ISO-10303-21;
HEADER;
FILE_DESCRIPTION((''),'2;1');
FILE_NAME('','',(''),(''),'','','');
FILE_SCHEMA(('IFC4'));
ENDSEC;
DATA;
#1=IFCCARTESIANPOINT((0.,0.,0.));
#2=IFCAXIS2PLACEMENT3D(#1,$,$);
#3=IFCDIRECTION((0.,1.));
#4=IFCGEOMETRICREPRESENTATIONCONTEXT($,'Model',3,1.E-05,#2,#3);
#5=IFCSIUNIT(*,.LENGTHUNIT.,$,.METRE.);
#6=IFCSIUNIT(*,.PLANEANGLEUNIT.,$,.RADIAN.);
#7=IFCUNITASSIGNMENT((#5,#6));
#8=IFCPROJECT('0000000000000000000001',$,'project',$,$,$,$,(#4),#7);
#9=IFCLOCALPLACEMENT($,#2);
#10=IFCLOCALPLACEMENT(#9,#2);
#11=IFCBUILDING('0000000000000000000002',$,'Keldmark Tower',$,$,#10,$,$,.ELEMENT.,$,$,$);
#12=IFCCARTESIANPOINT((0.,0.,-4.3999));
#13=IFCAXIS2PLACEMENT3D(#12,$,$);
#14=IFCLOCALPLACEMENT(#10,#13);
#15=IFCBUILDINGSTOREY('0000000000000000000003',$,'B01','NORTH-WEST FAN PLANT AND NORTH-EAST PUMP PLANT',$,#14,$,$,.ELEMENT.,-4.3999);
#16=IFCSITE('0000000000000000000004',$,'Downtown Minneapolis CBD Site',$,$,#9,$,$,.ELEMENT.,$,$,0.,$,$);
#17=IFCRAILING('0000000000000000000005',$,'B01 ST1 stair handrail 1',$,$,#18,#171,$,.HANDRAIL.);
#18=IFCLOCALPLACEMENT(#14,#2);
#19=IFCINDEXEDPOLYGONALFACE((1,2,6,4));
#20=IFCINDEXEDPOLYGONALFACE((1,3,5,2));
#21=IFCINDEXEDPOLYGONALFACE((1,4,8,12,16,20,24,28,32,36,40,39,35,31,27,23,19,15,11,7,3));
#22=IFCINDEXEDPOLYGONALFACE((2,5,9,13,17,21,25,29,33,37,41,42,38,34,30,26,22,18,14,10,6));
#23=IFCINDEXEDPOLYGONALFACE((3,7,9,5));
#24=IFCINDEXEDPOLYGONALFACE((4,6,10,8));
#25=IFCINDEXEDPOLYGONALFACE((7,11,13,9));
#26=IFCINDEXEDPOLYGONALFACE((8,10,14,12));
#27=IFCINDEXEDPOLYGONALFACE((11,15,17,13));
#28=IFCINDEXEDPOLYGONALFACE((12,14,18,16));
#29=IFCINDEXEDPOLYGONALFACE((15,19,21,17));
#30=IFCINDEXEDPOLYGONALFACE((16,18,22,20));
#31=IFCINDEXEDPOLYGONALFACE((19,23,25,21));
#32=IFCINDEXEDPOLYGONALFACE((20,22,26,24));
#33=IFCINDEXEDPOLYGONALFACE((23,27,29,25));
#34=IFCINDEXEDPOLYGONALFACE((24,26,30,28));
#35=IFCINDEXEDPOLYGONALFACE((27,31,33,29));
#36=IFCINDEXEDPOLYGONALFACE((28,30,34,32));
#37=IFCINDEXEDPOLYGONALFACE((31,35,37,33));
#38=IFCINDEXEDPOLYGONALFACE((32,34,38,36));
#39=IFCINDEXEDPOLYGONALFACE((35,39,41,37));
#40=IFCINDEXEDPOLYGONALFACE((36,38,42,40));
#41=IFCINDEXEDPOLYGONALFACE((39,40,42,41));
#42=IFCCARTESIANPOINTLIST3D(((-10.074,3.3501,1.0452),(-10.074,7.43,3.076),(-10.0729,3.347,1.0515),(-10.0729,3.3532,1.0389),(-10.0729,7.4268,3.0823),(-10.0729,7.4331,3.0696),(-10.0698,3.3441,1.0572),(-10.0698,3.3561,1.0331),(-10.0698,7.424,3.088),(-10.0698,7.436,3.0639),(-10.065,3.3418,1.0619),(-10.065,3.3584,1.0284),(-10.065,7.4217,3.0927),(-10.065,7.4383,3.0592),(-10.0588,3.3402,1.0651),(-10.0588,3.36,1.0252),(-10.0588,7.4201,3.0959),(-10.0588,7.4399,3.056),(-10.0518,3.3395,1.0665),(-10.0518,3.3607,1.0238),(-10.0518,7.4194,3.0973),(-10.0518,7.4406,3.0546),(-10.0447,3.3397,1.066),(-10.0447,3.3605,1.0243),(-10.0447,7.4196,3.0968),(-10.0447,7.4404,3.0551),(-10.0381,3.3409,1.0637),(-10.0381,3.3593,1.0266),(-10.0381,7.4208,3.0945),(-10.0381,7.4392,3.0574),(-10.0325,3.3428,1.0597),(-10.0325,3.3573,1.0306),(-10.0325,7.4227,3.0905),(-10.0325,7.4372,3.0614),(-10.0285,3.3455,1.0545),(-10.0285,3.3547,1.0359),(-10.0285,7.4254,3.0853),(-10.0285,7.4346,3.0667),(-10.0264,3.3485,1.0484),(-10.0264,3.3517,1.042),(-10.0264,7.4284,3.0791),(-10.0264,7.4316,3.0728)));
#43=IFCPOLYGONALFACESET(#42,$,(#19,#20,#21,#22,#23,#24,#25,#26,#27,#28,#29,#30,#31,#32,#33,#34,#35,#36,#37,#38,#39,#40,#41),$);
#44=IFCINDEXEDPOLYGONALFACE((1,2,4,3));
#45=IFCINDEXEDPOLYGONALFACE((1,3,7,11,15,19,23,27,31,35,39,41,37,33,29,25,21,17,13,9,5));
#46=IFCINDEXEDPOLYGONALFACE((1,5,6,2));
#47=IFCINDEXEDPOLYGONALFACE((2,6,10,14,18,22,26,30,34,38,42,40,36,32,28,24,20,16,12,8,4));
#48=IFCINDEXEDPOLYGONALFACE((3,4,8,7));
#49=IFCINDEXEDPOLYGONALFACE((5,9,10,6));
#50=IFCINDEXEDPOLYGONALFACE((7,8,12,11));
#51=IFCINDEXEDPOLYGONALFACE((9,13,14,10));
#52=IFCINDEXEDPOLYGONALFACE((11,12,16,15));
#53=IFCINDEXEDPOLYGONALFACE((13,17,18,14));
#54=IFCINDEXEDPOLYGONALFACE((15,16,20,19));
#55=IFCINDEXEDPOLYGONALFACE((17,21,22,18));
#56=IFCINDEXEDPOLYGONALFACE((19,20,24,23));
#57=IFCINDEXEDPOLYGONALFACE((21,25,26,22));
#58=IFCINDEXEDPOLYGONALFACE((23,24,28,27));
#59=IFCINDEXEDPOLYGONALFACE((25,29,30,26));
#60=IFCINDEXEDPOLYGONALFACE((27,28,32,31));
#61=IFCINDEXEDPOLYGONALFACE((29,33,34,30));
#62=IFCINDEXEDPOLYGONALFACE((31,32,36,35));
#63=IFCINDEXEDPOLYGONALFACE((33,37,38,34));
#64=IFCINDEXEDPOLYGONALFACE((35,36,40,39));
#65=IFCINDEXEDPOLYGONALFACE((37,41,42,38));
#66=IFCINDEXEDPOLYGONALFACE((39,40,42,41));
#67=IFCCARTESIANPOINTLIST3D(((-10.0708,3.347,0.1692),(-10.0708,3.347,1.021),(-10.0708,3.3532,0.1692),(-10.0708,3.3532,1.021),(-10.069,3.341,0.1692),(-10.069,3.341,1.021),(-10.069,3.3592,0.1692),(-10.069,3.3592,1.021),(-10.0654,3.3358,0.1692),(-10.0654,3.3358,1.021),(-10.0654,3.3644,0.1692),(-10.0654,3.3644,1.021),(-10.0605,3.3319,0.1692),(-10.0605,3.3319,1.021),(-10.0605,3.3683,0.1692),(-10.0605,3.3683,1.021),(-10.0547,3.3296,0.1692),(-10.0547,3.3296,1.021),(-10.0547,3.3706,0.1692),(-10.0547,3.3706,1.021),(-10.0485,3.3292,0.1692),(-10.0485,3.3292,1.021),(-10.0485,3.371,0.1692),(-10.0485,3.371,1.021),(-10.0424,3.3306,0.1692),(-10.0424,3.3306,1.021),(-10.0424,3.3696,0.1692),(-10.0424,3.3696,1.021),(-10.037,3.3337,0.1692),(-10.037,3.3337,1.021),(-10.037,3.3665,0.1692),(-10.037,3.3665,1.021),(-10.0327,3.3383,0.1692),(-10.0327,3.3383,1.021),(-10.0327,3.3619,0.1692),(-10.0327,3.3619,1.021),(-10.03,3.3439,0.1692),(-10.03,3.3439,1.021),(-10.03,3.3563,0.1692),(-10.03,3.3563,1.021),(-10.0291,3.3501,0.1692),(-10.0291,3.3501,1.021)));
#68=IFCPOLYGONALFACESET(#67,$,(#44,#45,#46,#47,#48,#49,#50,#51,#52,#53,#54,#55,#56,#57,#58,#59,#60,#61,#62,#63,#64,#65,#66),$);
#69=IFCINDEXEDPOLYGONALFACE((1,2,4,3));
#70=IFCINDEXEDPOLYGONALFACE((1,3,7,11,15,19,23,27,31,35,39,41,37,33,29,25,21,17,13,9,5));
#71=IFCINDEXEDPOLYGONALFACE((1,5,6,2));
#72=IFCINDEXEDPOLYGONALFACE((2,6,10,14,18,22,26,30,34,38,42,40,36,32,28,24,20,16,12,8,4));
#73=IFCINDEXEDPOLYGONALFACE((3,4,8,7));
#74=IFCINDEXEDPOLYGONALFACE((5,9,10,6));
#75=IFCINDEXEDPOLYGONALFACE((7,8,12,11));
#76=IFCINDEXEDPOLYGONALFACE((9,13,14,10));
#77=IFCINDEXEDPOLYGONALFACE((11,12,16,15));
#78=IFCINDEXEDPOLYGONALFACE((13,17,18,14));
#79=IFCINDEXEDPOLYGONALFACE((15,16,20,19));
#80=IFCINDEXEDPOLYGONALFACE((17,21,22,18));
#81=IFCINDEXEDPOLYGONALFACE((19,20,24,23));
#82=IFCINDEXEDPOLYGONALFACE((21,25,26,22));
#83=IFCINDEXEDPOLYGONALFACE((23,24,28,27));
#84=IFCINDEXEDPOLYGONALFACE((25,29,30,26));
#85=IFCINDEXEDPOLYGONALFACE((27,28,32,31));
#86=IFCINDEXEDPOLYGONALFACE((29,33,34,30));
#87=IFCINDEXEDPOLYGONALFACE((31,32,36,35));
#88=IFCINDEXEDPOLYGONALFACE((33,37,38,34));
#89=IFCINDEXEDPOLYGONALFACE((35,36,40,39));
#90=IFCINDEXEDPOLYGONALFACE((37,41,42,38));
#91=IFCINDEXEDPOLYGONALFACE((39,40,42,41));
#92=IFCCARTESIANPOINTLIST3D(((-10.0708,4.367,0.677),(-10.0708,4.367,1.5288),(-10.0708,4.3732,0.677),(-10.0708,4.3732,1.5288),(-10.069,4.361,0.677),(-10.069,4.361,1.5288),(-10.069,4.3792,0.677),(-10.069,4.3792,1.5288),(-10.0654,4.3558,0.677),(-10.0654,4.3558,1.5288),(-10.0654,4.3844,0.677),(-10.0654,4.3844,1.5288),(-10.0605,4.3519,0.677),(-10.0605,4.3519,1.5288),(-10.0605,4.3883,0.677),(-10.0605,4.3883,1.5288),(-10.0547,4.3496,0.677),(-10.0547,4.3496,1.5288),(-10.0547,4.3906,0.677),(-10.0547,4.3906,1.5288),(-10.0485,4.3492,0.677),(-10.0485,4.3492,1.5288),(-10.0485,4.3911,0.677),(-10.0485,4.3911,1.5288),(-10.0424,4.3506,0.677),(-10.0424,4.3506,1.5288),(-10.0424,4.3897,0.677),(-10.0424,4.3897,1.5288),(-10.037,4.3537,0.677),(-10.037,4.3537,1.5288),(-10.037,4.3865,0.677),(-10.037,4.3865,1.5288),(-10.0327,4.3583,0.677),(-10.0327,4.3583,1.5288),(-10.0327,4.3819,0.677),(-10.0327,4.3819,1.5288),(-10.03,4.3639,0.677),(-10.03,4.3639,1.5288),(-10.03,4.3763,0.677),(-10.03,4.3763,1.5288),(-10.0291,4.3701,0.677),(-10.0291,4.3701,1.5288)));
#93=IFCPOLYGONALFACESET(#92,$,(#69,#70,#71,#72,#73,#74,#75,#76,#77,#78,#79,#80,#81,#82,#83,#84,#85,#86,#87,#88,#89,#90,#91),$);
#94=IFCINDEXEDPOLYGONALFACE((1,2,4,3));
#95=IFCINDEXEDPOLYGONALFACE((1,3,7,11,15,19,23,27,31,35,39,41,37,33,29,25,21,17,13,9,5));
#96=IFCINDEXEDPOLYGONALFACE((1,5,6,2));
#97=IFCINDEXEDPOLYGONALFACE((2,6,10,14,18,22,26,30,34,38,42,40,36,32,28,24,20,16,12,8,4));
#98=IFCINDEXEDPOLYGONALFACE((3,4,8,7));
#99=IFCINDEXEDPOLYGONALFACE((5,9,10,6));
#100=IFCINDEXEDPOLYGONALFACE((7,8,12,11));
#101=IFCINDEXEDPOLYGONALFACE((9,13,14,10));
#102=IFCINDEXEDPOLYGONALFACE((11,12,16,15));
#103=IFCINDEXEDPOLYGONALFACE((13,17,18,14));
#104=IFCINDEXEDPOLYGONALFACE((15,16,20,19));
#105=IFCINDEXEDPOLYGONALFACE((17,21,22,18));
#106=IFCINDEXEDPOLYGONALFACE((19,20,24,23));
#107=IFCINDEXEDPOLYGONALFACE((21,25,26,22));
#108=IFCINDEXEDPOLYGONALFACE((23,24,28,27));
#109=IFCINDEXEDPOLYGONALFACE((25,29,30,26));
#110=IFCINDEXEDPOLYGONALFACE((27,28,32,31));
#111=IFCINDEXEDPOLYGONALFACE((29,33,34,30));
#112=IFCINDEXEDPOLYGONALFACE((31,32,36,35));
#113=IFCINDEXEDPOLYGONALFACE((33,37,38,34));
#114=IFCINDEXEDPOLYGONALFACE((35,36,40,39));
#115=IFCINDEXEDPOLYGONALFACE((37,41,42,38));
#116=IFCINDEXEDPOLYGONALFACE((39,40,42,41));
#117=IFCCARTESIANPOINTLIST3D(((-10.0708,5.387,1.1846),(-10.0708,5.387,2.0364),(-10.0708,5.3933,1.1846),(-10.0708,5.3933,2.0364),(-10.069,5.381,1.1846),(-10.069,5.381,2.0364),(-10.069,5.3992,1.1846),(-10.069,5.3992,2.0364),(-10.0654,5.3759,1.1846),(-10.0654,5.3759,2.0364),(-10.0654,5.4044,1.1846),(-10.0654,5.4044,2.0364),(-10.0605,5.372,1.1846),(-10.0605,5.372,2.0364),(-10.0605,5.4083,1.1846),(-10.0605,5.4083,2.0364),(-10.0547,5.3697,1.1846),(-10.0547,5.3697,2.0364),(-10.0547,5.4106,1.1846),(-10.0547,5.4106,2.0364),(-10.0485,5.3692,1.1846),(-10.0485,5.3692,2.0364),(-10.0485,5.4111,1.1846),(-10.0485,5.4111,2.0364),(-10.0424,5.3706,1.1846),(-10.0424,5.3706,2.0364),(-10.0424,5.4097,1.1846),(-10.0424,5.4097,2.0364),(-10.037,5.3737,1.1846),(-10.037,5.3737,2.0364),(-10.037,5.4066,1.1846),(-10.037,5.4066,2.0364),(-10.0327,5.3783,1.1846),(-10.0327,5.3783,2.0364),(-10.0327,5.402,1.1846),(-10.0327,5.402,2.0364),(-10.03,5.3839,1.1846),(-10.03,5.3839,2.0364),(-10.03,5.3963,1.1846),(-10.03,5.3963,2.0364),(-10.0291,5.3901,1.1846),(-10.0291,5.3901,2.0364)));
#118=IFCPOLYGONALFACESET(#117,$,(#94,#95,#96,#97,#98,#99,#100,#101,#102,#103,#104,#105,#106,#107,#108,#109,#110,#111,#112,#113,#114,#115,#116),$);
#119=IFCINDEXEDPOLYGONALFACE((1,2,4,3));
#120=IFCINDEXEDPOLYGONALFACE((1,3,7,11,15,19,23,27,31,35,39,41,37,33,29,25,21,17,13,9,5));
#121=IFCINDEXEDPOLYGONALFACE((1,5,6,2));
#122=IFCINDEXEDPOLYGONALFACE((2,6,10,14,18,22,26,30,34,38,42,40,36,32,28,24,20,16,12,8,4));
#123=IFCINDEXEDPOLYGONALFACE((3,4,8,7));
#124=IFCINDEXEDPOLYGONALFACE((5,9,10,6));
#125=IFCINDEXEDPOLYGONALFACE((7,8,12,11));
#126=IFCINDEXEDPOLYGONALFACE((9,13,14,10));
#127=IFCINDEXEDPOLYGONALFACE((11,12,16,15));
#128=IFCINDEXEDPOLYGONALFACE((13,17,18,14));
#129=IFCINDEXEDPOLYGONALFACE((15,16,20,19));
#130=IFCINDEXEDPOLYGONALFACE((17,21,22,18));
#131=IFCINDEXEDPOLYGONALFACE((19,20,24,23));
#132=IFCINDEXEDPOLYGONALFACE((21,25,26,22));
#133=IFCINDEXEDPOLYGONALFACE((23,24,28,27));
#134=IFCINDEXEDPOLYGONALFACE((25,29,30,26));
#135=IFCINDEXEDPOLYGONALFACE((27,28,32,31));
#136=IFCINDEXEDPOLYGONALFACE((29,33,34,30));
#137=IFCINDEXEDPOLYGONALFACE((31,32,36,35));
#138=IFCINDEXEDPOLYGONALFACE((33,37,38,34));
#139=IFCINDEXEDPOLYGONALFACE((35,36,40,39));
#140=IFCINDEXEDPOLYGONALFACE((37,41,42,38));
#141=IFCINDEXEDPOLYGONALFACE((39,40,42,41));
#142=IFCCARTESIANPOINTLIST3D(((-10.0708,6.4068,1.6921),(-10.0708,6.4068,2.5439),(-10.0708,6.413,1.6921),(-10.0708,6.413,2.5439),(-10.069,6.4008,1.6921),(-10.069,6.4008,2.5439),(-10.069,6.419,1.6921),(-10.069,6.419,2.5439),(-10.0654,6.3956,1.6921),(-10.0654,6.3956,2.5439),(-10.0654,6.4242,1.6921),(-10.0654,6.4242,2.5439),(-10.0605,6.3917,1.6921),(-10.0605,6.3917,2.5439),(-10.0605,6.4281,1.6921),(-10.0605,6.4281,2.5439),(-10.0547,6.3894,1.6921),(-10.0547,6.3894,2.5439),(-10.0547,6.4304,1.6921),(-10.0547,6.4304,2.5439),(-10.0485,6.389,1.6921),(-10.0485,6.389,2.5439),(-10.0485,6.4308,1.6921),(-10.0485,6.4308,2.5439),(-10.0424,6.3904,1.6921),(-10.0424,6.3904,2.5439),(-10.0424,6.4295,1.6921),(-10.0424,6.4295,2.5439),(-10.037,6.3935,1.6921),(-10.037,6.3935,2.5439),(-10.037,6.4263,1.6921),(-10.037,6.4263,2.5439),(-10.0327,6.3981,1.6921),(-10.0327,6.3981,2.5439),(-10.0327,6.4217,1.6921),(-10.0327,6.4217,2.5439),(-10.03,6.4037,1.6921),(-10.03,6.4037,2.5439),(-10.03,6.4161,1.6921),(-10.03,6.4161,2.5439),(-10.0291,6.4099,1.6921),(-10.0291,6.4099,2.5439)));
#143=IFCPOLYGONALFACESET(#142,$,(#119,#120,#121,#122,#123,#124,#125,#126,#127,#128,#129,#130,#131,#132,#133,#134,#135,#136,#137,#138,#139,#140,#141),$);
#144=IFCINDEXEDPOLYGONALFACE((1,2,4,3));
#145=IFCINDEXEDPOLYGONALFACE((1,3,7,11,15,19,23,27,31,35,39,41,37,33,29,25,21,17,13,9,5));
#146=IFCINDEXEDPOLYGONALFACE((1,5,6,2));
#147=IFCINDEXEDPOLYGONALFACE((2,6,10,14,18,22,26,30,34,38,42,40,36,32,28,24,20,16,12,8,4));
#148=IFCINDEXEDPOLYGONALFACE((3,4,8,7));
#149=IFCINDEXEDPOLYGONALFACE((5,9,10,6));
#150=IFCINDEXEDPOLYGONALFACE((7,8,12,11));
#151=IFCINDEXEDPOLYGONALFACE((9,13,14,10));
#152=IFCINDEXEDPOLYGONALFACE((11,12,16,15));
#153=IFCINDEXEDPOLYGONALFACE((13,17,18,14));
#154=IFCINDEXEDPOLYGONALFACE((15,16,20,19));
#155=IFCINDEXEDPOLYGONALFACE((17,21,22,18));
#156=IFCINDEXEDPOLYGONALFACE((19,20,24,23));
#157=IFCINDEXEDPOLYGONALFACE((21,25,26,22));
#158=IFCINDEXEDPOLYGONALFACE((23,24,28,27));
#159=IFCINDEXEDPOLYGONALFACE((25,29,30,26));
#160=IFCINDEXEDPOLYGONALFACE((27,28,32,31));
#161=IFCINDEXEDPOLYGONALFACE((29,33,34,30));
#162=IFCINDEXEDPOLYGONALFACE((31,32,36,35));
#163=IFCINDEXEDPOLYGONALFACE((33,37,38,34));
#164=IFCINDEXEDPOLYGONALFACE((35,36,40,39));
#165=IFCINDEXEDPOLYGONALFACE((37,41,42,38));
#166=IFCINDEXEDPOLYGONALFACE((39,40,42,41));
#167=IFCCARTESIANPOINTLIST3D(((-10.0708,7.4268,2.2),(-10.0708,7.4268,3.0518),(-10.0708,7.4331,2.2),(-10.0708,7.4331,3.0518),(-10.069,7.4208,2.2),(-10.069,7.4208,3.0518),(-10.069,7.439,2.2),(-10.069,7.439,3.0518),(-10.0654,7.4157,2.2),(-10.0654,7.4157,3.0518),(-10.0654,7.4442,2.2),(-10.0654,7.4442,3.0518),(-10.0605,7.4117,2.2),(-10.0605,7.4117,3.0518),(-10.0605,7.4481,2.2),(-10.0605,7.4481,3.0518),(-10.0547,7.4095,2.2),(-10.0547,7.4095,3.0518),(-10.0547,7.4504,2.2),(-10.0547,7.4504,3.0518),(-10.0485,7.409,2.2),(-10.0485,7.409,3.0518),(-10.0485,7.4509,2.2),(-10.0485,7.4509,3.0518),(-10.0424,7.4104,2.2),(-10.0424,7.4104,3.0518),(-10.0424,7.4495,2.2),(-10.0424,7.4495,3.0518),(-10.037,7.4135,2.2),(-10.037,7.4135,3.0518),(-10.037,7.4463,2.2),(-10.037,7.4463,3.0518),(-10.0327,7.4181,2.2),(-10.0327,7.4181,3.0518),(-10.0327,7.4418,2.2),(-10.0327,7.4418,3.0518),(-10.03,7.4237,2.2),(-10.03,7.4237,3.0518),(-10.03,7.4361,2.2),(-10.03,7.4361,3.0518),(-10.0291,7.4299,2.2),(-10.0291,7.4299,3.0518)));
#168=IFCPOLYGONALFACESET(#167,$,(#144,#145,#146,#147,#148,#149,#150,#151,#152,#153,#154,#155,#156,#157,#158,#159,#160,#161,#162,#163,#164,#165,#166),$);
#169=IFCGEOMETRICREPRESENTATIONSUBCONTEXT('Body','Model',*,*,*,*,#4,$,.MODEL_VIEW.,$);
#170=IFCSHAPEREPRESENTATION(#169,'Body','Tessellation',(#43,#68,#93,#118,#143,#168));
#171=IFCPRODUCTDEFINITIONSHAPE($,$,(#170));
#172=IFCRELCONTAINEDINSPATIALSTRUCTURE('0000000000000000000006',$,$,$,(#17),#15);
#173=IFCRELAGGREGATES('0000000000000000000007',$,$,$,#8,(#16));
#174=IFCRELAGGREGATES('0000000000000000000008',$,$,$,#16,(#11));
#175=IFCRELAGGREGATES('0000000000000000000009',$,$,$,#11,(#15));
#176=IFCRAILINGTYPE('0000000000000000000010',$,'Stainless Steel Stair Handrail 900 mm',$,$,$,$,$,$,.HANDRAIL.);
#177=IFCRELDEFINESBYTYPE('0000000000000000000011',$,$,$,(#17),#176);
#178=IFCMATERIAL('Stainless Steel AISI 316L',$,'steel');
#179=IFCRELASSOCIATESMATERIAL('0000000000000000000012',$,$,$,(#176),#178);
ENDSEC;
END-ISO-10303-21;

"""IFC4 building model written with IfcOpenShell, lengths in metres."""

from ifc_helpers import new_model, si_unit, direction, frame, origin, origin_2d, place, context, subcontext, project, spatial, circle, extrude, material, type_object, element, save


model = new_model("IFC4")

# Units and contexts
model_context = context("Model", 3, precision=1e-05, world=origin(), true_north=direction((0.0, 1.0)))
body_context = subcontext(model_context, "Body", "Model", "MODEL_VIEW")
ifc_project = project(units=[si_unit("LENGTHUNIT", "METRE"), si_unit("PLANEANGLEUNIT", "RADIAN")], contexts=[model_context])

# Site, building, storey
site_placement = place(None, origin())
site = spatial("IfcSite", under=ifc_project, at=site_placement, Name="Downtown Minneapolis CBD Site", CompositionType="ELEMENT", RefElevation=0.0)
building_placement = place(site_placement, origin())
building = spatial("IfcBuilding", under=site, at=building_placement, Name="Keldmark Tower", CompositionType="ELEMENT")
storey_placement = place(building_placement, frame((0.0, 0.0, -4.3999)))
storey = spatial("IfcBuildingStorey", under=building, at=storey_placement, Name="B01", Description="NORTH-WEST FAN PLANT AND NORTH-EAST PUMP PLANT", CompositionType="ELEMENT", Elevation=-4.3999)

# Railing
ifc_material_1 = material(Name="Stainless Steel AISI 316L", Category="steel")
railing_type_1 = type_object("IfcRailingType", Name="Stainless Steel Stair Handrail 900 mm", PredefinedType="HANDRAIL", material=ifc_material_1)
railing_1_placement = place(storey_placement, frame((-10.05, 3.3501, 0.1692)))
element("IfcRailing", 1, at=railing_1_placement, inside=storey, type_object=railing_type_1, Name="B01 ST1 stair handrail 1", PredefinedType="HANDRAIL", context=body_context, shape_type="SweptSolid", body=[
    extrude(circle(Radius=0.0239, at=origin_2d()), frame((0.0, 0.0, 0.876), z_axis=(0.0, 0.895229, 0.445606), x_axis=(-1.0, 0.0, 0.0)), (0.0, 0.0, 1.0), 4.5574),
    extrude(circle(Radius=0.021, at=origin_2d()), origin(), (0.0, 0.0, 1.0), 0.8518),
    extrude(circle(Radius=0.021, at=origin_2d()), frame((0.0, 1.02, 0.5078)), (0.0, 0.0, 1.0), 0.8518),
    extrude(circle(Radius=0.021, at=origin_2d()), frame((0.0, 2.04, 1.0154)), (0.0, 0.0, 1.0), 0.8518),
    extrude(circle(Radius=0.021, at=origin_2d()), frame((0.0, 3.0598, 1.5229)), (0.0, 0.0, 1.0), 0.8518),
    extrude(circle(Radius=0.021, at=origin_2d()), frame((0.0, 4.0798, 2.0308)), (0.0, 0.0, 1.0), 0.8518),
])

save(model, "model.ifc")
